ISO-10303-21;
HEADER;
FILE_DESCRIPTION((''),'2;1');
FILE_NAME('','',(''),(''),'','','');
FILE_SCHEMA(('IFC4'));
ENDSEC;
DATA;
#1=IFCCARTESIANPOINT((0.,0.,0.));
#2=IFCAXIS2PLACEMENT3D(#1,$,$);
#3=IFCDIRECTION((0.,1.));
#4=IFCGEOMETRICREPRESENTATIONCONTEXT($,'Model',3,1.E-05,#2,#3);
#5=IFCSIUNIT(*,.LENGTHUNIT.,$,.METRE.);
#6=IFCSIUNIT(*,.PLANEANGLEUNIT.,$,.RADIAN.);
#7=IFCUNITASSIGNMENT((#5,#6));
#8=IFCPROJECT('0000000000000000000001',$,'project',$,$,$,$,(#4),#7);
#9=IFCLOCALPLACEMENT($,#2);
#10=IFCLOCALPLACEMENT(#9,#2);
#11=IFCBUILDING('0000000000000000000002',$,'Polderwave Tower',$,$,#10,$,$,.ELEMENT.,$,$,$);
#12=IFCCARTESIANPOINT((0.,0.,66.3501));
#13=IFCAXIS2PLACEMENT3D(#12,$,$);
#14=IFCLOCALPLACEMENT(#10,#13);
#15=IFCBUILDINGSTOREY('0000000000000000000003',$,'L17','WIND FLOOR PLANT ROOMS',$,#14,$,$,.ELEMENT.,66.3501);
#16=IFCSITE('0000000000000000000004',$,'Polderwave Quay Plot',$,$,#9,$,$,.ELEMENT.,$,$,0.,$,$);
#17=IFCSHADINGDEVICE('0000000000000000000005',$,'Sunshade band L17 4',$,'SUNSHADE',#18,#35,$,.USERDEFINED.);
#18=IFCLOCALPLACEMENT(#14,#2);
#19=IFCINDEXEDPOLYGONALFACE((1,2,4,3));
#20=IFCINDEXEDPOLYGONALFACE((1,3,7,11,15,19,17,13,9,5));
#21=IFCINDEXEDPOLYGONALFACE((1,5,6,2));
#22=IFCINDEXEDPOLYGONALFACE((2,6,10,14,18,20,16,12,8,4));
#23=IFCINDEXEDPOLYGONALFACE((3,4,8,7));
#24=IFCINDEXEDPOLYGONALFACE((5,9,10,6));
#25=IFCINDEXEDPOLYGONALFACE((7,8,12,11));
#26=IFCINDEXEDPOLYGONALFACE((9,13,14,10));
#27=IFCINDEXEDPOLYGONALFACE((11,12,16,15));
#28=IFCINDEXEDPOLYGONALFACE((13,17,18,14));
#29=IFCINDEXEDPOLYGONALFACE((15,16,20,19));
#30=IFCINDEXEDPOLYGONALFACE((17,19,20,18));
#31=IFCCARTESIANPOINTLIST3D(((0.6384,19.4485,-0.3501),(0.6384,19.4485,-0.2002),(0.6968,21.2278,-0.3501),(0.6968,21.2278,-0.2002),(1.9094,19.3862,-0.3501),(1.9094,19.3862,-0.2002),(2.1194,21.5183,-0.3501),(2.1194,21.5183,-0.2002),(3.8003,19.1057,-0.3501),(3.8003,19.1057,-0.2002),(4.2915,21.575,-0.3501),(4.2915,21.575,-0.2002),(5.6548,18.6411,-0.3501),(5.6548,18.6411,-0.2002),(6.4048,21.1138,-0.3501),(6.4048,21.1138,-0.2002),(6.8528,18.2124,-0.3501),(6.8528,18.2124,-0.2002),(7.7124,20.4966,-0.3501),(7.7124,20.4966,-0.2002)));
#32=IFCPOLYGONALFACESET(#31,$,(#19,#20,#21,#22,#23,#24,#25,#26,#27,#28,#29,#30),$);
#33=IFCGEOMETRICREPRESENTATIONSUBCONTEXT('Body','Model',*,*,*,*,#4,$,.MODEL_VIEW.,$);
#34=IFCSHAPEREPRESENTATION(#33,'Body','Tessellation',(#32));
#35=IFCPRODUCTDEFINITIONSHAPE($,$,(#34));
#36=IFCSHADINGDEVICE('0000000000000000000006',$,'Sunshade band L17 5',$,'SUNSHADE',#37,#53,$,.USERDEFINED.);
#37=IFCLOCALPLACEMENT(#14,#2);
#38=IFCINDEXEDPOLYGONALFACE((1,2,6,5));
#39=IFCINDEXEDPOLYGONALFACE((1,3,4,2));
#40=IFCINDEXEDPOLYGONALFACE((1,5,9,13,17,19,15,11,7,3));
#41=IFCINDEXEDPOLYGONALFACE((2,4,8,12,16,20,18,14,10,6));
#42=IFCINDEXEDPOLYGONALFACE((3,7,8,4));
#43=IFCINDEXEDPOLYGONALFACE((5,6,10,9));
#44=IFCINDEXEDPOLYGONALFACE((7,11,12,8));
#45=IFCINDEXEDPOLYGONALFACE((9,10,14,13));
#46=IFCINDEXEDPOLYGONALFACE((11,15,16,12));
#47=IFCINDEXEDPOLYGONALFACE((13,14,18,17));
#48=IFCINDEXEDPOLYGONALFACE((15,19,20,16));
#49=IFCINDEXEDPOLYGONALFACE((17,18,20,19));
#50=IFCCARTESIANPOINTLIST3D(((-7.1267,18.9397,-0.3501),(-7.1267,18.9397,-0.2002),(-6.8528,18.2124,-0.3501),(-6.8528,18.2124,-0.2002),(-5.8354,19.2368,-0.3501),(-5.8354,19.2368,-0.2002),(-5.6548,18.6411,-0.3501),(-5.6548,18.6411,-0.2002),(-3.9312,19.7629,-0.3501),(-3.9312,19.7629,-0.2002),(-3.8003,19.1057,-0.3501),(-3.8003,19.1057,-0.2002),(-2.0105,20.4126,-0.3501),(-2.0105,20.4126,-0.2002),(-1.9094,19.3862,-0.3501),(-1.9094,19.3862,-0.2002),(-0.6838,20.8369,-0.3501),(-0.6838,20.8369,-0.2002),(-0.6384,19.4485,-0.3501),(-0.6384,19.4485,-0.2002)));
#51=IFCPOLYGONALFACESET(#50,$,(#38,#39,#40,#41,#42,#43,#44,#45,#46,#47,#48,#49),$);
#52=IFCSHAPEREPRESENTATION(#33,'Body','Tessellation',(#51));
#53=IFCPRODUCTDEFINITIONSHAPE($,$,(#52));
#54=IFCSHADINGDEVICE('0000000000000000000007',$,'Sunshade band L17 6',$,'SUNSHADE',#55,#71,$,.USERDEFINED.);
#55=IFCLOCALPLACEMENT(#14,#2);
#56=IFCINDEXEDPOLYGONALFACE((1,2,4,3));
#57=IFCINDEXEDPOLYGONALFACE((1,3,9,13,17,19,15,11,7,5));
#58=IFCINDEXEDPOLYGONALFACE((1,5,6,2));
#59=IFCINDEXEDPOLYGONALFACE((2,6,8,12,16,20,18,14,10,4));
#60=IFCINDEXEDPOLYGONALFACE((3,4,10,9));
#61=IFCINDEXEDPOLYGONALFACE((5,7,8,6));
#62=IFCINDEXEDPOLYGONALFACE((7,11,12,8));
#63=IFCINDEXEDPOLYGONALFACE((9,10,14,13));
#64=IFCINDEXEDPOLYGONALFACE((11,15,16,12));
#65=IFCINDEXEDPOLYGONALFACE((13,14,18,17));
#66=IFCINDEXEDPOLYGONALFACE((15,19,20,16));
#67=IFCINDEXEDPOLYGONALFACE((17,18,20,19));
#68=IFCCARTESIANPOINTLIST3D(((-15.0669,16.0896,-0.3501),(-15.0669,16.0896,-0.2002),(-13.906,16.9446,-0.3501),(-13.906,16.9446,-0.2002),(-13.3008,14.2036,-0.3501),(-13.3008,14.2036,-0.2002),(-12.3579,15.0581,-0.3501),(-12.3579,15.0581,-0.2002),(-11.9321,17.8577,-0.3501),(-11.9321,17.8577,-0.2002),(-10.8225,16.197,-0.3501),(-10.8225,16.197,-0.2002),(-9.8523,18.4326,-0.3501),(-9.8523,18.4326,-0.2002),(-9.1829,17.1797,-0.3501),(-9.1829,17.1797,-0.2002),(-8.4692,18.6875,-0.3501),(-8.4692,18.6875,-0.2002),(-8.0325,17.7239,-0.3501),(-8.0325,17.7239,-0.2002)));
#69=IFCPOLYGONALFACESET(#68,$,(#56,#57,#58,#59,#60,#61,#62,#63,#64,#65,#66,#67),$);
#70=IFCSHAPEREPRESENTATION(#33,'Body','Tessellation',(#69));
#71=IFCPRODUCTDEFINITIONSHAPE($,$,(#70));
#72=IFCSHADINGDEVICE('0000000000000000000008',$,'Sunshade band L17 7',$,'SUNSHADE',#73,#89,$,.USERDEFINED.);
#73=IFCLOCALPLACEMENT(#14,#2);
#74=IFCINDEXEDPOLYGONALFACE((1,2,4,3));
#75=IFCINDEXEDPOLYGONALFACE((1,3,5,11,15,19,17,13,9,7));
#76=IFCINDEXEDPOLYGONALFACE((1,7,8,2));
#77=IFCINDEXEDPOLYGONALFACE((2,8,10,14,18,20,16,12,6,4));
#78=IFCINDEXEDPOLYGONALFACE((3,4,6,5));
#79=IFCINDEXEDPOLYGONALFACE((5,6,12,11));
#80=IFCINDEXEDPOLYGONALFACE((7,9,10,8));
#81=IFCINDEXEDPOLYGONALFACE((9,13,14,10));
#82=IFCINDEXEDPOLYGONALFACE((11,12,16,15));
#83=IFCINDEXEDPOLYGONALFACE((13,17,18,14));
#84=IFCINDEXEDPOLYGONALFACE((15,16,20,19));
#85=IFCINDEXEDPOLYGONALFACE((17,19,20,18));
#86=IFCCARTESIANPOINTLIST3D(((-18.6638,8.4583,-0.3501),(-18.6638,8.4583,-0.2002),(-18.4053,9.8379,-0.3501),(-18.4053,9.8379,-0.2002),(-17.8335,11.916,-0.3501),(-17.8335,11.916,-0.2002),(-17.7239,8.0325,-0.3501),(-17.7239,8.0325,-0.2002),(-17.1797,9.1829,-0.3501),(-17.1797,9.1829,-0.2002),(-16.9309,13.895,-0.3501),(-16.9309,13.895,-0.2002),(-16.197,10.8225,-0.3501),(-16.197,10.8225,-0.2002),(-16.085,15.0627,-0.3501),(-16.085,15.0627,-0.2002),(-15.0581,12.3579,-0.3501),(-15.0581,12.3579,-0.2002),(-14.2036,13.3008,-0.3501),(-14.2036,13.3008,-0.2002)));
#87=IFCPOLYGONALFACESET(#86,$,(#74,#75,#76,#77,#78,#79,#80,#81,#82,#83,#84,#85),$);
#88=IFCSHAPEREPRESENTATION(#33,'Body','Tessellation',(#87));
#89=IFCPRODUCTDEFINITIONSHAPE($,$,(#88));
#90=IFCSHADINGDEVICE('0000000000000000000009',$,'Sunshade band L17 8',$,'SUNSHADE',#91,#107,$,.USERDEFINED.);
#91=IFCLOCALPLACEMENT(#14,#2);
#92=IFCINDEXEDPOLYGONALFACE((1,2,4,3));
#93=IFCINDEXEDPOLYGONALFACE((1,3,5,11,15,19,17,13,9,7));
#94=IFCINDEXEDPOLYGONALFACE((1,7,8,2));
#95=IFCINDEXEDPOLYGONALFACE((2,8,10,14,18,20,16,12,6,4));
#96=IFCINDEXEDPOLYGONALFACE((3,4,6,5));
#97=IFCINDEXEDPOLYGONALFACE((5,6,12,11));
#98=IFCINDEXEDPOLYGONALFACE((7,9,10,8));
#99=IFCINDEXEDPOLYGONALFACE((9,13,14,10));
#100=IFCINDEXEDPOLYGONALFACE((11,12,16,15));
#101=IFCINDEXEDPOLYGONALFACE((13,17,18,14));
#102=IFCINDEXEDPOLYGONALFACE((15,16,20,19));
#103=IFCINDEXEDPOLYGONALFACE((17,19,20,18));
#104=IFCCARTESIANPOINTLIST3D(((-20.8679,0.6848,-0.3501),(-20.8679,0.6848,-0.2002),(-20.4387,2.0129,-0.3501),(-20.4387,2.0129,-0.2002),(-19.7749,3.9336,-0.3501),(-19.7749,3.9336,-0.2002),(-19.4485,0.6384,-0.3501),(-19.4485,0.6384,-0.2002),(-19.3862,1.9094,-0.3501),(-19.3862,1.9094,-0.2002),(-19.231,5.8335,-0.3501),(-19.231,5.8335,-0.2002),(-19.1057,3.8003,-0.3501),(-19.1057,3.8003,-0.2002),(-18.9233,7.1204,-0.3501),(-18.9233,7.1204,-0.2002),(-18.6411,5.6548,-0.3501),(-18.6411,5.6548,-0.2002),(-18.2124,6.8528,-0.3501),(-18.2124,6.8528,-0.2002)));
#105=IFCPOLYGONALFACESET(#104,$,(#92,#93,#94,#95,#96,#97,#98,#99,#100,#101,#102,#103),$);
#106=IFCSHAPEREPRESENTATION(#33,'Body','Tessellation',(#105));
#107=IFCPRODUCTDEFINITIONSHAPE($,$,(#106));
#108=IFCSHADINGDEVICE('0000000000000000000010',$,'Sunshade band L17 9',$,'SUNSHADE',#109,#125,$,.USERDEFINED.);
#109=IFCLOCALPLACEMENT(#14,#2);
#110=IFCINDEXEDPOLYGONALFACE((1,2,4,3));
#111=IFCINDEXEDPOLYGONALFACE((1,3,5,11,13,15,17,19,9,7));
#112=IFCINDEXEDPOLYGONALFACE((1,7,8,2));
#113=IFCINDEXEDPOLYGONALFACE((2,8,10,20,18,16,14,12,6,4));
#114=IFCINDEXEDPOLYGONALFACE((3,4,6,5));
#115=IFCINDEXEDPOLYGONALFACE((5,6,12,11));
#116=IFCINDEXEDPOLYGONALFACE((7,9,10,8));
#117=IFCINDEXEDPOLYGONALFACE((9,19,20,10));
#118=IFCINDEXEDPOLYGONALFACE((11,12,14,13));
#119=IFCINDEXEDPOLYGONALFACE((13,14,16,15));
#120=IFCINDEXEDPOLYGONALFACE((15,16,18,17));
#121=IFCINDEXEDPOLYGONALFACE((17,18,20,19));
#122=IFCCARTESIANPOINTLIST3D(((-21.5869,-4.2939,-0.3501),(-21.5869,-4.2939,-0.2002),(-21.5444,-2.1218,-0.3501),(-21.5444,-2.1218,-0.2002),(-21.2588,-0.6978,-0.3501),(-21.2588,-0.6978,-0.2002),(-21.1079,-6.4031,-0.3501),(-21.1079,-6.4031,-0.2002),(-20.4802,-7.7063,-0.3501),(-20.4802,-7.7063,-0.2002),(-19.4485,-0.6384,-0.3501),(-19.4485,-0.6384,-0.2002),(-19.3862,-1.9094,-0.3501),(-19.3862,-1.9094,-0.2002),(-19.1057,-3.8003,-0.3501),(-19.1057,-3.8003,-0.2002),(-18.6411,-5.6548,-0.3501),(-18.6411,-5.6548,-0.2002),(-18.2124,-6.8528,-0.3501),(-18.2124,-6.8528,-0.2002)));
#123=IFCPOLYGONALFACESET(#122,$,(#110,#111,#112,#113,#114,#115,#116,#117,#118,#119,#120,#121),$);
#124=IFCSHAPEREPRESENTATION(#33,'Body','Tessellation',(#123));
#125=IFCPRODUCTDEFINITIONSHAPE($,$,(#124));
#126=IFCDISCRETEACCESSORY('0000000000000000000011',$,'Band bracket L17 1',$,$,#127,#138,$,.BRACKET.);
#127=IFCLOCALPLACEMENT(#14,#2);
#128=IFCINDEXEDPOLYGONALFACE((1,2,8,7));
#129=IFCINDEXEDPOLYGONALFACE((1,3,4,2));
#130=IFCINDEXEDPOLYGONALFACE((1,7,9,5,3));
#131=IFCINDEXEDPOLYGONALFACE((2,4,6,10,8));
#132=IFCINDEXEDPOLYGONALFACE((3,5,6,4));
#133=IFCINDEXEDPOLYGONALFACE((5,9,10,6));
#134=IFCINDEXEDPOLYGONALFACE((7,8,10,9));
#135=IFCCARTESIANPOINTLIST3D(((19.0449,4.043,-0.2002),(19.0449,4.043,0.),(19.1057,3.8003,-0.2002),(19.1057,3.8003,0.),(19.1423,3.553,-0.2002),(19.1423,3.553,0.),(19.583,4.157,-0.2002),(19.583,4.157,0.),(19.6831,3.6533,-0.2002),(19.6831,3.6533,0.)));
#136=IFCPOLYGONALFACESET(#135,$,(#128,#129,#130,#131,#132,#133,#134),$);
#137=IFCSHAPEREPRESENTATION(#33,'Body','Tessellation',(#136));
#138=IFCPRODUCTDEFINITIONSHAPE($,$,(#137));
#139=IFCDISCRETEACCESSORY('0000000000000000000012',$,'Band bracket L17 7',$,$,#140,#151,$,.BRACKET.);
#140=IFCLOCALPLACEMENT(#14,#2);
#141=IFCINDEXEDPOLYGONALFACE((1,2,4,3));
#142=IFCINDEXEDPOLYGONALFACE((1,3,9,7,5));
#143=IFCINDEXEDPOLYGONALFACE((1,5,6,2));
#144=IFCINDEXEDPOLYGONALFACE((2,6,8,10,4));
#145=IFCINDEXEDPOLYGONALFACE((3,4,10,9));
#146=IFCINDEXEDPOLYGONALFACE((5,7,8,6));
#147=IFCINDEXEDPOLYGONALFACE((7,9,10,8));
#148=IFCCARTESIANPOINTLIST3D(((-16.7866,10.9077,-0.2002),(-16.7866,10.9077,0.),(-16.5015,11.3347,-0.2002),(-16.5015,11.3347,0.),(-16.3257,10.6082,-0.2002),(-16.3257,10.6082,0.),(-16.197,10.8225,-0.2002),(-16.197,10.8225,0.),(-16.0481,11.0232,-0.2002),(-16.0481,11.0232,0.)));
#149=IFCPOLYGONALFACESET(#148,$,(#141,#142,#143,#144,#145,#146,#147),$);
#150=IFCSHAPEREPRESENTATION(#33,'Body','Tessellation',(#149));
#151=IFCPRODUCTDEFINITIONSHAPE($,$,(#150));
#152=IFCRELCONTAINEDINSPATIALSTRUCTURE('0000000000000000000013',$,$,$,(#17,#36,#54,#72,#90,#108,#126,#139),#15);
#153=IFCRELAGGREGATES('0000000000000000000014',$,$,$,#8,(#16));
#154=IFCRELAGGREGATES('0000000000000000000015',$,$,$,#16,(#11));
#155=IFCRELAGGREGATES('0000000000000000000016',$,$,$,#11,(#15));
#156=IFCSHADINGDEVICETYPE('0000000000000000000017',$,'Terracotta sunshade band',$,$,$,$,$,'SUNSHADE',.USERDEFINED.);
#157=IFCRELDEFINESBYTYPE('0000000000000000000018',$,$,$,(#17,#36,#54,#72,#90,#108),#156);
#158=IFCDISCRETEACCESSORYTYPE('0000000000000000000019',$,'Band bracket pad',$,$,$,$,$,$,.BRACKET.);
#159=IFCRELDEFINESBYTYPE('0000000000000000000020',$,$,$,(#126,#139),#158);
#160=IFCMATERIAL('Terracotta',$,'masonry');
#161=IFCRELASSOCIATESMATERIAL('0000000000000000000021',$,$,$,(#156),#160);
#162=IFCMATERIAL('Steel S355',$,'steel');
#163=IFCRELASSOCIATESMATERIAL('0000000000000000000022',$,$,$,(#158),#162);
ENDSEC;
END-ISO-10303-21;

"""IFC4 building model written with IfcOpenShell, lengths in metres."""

from ifc_helpers import new_model, si_unit, direction, frame, origin, place, context, subcontext, project, spatial, polyline, outline, extrude, material, type_object, element, save


model = new_model("IFC4")

# Units and contexts
model_context = context("Model", 3, precision=1e-05, world=origin(), true_north=direction((0.0, 1.0)))
body_context = subcontext(model_context, "Body", "Model", "MODEL_VIEW")
ifc_project = project(units=[si_unit("LENGTHUNIT", "METRE"), si_unit("PLANEANGLEUNIT", "RADIAN")], contexts=[model_context])

# Site, building, storey
site_placement = place(None, origin())
site = spatial("IfcSite", under=ifc_project, at=site_placement, Name="Polderwave Quay Plot", CompositionType="ELEMENT", RefElevation=0.0)
building_placement = place(site_placement, origin())
building = spatial("IfcBuilding", under=site, at=building_placement, Name="Polderwave Tower", CompositionType="ELEMENT")
storey_placement = place(building_placement, frame((0.0, 0.0, 66.3501)))
storey = spatial("IfcBuildingStorey", under=building, at=storey_placement, Name="L17", Description="WIND FLOOR PLANT ROOMS", CompositionType="ELEMENT", Elevation=66.3501)

# Shading devices
ifc_material_1 = material(Name="Terracotta", Category="masonry")
shading_device_type = type_object("IfcShadingDeviceType", Name="Terracotta sunshade band", ElementType="SUNSHADE", PredefinedType="USERDEFINED", material=ifc_material_1)
shading_device_1_placement = place(storey_placement, frame((0.0, 0.0, -0.3501)))
element("IfcShadingDevice", 1, at=shading_device_1_placement, inside=storey, type_object=shading_device_type, Name="Sunshade band L17 4", ObjectType="SUNSHADE", PredefinedType="USERDEFINED", context=body_context, shape_type="SweptSolid", body=[
    extrude(outline(polyline([(6.8528, 18.2124), (5.6548, 18.6411), (3.8003, 19.1057), (1.9094, 19.3862), (0.6384, 19.4485), (0.6968, 21.2278), (2.1194, 21.5183), (4.2915, 21.575), (6.4048, 21.1138), (7.7124, 20.4966), (6.8528, 18.2124)])), origin(), (0.0, 0.0, 1.0), 0.1499),
])
shading_device_2_placement = place(storey_placement, frame((0.0, 0.0, -0.3501)))
element("IfcShadingDevice", 2, at=shading_device_2_placement, inside=storey, type_object=shading_device_type, Name="Sunshade band L17 5", ObjectType="SUNSHADE", PredefinedType="USERDEFINED", context=body_context, shape_type="SweptSolid", body=[
    extrude(outline(polyline([(-0.6384, 19.4485), (-1.9094, 19.3862), (-3.8003, 19.1057), (-5.6548, 18.6411), (-6.8528, 18.2124), (-7.1267, 18.9397), (-5.8354, 19.2368), (-3.9312, 19.7629), (-2.0105, 20.4126), (-0.6838, 20.8369), (-0.6384, 19.4485)])), origin(), (0.0, 0.0, 1.0), 0.1499),
])
shading_device_3_placement = place(storey_placement, frame((0.0, 0.0, -0.3501)))
element("IfcShadingDevice", 3, at=shading_device_3_placement, inside=storey, type_object=shading_device_type, Name="Sunshade band L17 6", ObjectType="SUNSHADE", PredefinedType="USERDEFINED", context=body_context, shape_type="SweptSolid", body=[
    extrude(outline(polyline([(-8.0325, 17.7239), (-9.1829, 17.1797), (-10.8225, 16.197), (-12.3579, 15.0581), (-13.3008, 14.2036), (-15.0669, 16.0896), (-13.906, 16.9446), (-11.9321, 17.8577), (-9.8523, 18.4326), (-8.4692, 18.6875), (-8.0325, 17.7239)])), origin(), (0.0, 0.0, 1.0), 0.1499),
])
shading_device_4_placement = place(storey_placement, frame((0.0, 0.0, -0.3501)))
element("IfcShadingDevice", 4, at=shading_device_4_placement, inside=storey, type_object=shading_device_type, Name="Sunshade band L17 7", ObjectType="SUNSHADE", PredefinedType="USERDEFINED", context=body_context, shape_type="SweptSolid", body=[
    extrude(outline(polyline([(-14.2036, 13.3008), (-15.0581, 12.3579), (-16.197, 10.8225), (-17.1797, 9.1829), (-17.7239, 8.0325), (-18.6638, 8.4583), (-18.4053, 9.8379), (-17.8335, 11.916), (-16.9309, 13.895), (-16.085, 15.0627), (-14.2036, 13.3008)])), origin(), (0.0, 0.0, 1.0), 0.1499),
])
shading_device_5_placement = place(storey_placement, frame((0.0, 0.0, -0.3501)))
element("IfcShadingDevice", 5, at=shading_device_5_placement, inside=storey, type_object=shading_device_type, Name="Sunshade band L17 8", ObjectType="SUNSHADE", PredefinedType="USERDEFINED", context=body_context, shape_type="SweptSolid", body=[
    extrude(outline(polyline([(-18.2124, 6.8528), (-18.6411, 5.6548), (-19.1057, 3.8003), (-19.3862, 1.9094), (-19.4485, 0.6384), (-20.8679, 0.6848), (-20.4387, 2.0129), (-19.7749, 3.9336), (-19.231, 5.8335), (-18.9233, 7.1204), (-18.2124, 6.8528)])), origin(), (0.0, 0.0, 1.0), 0.1499),
])
shading_device_6_placement = place(storey_placement, frame((0.0, 0.0, -0.3501)))
element("IfcShadingDevice", 6, at=shading_device_6_placement, inside=storey, type_object=shading_device_type, Name="Sunshade band L17 9", ObjectType="SUNSHADE", PredefinedType="USERDEFINED", context=body_context, shape_type="SweptSolid", body=[
    extrude(outline(polyline([(-19.4485, -0.6384), (-19.3862, -1.9094), (-19.1057, -3.8003), (-18.6411, -5.6548), (-18.2124, -6.8528), (-20.4802, -7.7063), (-21.1079, -6.4031), (-21.5869, -4.2939), (-21.5444, -2.1218), (-21.2588, -0.6978), (-19.4485, -0.6384)])), origin(), (0.0, 0.0, 1.0), 0.1499),
])

# Discrete accessories
ifc_material_2 = material(Name="Steel S355", Category="steel")
discrete_accessory_type = type_object("IfcDiscreteAccessoryType", Name="Band bracket pad", PredefinedType="BRACKET", material=ifc_material_2)
discrete_accessory_1_placement = place(storey_placement, frame((0.0, 0.0, -0.2002)))
element("IfcDiscreteAccessory", 7, at=discrete_accessory_1_placement, inside=storey, type_object=discrete_accessory_type, Name="Band bracket L17 1", PredefinedType="BRACKET", context=body_context, shape_type="SweptSolid", body=[
    extrude(outline(polyline([(19.1423, 3.553), (19.1057, 3.8003), (19.0449, 4.043), (19.583, 4.157), (19.6831, 3.6533), (19.1423, 3.553)])), origin(), (0.0, 0.0, 1.0), 0.2002),
])
discrete_accessory_2_placement = place(storey_placement, frame((0.0, 0.0, -0.2002)))
element("IfcDiscreteAccessory", 8, at=discrete_accessory_2_placement, inside=storey, type_object=discrete_accessory_type, Name="Band bracket L17 7", PredefinedType="BRACKET", context=body_context, shape_type="SweptSolid", body=[
    extrude(outline(polyline([(-16.0481, 11.0232), (-16.197, 10.8225), (-16.3257, 10.6082), (-16.7866, 10.9077), (-16.5015, 11.3347), (-16.0481, 11.0232)])), origin(), (0.0, 0.0, 1.0), 0.2002),
])

save(model, "model.ifc")
